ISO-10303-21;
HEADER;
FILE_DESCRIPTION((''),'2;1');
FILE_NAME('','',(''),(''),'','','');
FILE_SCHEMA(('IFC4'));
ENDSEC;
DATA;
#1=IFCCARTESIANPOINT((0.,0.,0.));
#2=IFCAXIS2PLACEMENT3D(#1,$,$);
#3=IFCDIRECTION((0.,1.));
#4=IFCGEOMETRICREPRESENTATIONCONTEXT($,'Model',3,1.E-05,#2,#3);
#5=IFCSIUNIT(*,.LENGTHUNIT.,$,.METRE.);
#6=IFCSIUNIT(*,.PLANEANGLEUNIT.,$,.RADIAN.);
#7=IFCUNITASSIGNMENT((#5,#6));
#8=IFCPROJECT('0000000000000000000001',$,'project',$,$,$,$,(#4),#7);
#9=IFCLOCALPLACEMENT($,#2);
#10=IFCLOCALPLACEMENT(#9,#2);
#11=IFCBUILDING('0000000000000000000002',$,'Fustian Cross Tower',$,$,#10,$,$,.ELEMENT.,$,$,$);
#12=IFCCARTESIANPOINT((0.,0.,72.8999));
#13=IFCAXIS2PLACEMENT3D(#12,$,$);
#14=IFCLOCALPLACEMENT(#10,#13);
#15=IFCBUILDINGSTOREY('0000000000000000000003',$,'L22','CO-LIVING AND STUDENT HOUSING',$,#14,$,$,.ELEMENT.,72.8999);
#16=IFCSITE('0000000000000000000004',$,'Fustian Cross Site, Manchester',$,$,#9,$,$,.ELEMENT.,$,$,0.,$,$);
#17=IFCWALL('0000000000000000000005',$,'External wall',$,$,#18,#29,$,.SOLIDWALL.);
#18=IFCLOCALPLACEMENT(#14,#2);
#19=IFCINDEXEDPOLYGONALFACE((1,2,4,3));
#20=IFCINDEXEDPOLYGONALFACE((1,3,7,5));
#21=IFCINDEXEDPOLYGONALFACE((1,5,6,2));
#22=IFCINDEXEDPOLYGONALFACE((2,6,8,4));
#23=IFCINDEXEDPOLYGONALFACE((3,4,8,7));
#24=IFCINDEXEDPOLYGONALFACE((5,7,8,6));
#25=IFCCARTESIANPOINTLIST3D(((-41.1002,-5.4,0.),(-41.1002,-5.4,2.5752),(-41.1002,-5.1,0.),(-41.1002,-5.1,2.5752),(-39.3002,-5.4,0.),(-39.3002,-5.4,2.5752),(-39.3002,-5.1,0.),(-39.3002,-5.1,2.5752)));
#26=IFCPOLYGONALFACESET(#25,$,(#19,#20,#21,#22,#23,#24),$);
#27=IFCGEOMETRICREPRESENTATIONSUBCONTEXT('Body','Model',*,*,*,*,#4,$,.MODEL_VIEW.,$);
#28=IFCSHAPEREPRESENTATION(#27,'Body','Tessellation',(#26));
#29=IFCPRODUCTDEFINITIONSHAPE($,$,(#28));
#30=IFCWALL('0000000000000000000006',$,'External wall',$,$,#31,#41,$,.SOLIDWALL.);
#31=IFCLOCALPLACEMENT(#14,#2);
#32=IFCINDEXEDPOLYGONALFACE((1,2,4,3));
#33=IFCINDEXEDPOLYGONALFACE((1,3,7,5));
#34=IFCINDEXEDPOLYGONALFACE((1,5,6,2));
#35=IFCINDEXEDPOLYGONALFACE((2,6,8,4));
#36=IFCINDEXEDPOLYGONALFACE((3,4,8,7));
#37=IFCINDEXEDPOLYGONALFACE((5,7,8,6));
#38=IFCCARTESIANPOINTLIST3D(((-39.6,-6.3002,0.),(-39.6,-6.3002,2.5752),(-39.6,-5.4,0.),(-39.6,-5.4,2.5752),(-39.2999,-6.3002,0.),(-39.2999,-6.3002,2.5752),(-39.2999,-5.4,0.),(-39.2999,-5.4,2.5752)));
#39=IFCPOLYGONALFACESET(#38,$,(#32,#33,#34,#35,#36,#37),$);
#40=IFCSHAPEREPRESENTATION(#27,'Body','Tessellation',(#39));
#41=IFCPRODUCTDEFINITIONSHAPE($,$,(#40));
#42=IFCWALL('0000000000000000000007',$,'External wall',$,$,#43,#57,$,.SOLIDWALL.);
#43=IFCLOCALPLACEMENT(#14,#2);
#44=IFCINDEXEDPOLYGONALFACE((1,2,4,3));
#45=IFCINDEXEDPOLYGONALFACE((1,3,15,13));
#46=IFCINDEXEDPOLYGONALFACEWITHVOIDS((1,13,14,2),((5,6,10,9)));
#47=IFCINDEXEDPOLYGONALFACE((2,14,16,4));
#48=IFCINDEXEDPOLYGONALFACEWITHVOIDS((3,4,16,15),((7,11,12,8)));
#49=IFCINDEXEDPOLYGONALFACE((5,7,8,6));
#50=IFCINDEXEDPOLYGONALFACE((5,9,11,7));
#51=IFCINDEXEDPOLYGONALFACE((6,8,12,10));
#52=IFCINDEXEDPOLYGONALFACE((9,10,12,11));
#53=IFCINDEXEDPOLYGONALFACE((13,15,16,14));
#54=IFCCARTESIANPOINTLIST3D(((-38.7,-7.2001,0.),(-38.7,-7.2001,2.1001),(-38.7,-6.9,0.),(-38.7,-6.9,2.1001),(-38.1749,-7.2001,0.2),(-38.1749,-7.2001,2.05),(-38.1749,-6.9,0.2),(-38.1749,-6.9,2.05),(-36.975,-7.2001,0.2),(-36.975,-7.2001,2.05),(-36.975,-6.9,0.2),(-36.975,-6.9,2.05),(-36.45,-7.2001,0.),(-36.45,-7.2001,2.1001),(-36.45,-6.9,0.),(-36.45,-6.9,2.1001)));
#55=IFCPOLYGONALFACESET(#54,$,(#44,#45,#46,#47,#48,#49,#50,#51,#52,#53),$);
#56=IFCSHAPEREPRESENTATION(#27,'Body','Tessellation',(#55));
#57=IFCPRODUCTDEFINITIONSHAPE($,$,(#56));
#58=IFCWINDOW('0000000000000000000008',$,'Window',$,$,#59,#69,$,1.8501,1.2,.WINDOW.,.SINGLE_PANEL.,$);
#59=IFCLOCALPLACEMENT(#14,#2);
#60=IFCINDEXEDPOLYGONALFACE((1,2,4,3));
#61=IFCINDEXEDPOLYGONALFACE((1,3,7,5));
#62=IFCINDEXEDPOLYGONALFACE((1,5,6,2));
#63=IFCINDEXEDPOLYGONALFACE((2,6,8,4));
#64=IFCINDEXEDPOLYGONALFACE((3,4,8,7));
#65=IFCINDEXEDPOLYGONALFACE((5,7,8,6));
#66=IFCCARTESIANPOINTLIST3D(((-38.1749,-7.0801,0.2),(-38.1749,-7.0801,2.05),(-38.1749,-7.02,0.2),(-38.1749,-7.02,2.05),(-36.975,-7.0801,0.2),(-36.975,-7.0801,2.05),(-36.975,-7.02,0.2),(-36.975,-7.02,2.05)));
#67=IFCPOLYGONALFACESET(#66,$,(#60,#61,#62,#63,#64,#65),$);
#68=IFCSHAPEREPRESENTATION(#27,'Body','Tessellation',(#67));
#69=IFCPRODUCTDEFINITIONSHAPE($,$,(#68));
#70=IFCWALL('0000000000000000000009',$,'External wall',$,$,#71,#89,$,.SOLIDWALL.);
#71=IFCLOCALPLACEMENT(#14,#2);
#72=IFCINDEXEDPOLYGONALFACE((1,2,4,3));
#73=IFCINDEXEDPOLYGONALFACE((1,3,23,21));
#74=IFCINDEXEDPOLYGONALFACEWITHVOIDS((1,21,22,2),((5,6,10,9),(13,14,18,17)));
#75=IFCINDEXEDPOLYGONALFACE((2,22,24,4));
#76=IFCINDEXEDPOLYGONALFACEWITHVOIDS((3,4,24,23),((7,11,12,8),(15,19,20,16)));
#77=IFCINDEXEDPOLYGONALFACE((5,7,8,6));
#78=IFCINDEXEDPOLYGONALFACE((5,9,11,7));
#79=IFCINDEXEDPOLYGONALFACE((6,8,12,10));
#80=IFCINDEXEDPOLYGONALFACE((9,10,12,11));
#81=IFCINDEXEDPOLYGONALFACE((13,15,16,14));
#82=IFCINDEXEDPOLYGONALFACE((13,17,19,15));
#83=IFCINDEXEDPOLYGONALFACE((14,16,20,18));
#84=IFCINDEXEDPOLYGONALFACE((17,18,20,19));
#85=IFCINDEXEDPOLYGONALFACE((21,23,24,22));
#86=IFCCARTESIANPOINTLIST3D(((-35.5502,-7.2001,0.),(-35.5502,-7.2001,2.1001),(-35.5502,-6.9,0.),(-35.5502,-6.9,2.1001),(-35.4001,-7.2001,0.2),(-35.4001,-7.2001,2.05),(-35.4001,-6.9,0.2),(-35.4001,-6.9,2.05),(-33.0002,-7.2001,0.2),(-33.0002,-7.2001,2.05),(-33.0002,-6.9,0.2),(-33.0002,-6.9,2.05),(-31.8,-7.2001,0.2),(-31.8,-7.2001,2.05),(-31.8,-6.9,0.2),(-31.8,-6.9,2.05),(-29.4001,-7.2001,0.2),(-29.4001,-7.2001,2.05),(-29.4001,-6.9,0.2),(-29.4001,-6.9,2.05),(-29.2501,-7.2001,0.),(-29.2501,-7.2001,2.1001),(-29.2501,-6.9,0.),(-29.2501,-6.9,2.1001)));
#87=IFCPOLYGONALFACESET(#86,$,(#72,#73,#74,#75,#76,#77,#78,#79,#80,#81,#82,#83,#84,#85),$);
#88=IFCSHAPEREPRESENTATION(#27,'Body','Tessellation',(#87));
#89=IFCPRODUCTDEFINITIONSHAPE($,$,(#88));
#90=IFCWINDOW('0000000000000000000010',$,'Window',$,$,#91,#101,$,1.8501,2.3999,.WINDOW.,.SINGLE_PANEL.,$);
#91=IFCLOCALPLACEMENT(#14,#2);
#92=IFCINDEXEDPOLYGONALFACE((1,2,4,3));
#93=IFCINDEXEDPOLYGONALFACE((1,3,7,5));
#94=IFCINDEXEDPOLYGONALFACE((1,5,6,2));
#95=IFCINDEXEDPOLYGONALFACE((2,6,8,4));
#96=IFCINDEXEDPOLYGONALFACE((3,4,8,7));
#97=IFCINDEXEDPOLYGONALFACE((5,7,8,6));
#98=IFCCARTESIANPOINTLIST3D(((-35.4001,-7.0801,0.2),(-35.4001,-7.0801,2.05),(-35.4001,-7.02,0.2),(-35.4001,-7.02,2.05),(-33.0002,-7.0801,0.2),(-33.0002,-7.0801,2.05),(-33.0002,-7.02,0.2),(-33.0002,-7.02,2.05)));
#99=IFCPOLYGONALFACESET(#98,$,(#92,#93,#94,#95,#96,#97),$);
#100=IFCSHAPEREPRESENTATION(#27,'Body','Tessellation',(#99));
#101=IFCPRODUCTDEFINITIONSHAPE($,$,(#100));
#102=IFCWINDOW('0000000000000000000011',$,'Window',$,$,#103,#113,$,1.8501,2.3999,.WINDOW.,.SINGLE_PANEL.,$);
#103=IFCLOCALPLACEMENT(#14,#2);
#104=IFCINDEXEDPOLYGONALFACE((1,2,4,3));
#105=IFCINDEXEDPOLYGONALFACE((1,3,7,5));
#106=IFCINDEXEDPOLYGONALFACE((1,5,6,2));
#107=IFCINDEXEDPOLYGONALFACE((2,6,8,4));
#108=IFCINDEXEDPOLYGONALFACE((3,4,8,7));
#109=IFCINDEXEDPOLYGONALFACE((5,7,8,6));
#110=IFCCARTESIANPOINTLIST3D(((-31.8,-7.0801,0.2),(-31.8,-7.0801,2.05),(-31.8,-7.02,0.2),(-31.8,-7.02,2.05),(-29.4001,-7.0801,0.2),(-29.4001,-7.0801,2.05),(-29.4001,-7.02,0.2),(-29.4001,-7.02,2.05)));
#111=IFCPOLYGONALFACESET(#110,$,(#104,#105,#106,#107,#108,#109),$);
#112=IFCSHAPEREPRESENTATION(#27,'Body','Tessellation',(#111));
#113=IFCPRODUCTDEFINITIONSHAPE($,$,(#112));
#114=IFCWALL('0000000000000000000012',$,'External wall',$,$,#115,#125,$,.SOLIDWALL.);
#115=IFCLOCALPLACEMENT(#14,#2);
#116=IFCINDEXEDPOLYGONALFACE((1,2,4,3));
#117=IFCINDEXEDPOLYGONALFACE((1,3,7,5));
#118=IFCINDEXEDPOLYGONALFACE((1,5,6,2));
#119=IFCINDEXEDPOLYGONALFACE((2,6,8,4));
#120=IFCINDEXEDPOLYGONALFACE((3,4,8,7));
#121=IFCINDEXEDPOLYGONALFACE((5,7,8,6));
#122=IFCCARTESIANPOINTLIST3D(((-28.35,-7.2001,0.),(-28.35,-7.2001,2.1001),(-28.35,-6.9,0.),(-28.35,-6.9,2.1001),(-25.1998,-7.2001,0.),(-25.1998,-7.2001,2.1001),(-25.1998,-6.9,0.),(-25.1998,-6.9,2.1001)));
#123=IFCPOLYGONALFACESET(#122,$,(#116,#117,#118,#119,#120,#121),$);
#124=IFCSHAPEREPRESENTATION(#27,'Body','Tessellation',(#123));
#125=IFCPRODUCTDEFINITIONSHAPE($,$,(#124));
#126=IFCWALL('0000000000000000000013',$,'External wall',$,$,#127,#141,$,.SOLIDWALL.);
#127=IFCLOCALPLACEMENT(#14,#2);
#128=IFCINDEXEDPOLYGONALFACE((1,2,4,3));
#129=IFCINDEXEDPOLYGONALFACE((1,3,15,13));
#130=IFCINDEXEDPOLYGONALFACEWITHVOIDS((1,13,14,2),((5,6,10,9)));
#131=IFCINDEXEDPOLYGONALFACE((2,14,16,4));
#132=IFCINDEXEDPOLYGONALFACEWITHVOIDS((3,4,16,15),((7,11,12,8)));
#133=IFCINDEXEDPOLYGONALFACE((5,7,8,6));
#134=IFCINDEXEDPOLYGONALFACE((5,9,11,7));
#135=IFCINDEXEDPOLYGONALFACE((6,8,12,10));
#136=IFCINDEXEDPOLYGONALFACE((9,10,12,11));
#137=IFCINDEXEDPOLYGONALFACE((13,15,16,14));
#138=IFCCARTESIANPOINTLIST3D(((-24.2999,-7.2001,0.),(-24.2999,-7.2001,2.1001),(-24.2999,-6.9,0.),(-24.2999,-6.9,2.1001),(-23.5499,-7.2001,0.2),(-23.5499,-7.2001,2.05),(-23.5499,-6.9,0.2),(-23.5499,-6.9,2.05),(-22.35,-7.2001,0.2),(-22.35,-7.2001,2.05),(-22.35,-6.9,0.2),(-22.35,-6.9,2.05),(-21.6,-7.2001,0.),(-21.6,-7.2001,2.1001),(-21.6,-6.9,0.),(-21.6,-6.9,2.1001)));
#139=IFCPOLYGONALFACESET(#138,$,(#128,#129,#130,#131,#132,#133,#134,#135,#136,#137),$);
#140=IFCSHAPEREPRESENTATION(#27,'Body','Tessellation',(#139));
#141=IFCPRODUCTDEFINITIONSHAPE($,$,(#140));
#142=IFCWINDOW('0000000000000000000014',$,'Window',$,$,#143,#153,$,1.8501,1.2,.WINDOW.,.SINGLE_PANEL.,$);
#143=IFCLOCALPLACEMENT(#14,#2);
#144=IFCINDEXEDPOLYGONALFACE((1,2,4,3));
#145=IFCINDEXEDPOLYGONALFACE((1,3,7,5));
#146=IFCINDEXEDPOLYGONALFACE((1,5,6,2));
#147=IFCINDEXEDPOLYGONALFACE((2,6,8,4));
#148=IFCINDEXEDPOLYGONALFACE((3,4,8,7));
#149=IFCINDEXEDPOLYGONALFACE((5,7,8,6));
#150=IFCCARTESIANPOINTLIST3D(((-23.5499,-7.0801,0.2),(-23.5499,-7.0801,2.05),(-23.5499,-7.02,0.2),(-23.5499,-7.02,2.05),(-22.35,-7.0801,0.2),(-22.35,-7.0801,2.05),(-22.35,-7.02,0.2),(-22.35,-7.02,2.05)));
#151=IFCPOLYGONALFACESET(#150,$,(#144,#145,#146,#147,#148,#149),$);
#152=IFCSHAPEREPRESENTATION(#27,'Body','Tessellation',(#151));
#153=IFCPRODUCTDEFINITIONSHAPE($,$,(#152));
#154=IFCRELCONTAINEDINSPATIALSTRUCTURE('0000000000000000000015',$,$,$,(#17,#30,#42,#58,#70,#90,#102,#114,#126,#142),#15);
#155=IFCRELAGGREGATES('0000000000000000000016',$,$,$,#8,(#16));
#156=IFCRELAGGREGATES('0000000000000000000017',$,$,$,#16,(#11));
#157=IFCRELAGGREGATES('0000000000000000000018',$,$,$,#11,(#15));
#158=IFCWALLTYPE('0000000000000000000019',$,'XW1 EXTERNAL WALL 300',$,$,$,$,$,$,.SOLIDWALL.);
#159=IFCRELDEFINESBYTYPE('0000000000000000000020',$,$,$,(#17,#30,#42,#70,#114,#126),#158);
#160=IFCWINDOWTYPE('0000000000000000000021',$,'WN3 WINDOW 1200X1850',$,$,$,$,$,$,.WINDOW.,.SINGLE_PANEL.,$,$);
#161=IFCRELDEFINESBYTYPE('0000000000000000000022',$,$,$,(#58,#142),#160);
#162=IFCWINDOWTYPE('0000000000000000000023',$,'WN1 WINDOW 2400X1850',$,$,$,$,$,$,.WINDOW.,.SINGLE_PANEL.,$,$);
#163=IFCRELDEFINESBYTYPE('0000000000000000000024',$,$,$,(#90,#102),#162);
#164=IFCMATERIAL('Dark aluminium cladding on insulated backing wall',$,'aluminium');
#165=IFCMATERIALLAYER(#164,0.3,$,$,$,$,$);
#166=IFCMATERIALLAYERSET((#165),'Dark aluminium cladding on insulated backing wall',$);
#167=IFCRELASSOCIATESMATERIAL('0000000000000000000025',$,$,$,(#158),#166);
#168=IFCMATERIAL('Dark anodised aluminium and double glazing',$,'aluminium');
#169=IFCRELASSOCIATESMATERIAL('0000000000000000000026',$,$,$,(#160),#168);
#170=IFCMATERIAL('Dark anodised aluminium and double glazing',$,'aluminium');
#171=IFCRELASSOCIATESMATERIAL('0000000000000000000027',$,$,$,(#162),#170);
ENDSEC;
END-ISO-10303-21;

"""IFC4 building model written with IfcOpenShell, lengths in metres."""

from ifc_helpers import new_model, si_unit, direction, frame, frame_2d, origin, place, context, subcontext, project, spatial, rectangle, extrude, material, layer, layer_set, type_object, element, fill, save


model = new_model("IFC4")

# Units and contexts
model_context = context("Model", 3, precision=1e-05, world=origin(), true_north=direction((0.0, 1.0)))
body_context = subcontext(model_context, "Body", "Model", "MODEL_VIEW")
ifc_project = project(units=[si_unit("LENGTHUNIT", "METRE"), si_unit("PLANEANGLEUNIT", "RADIAN")], contexts=[model_context])

# Site, building, storey
site_placement = place(None, origin())
site = spatial("IfcSite", under=ifc_project, at=site_placement, Name="Fustian Cross Site, Manchester", CompositionType="ELEMENT", RefElevation=0.0)
building_placement = place(site_placement, origin())
building = spatial("IfcBuilding", under=site, at=building_placement, Name="Fustian Cross Tower", CompositionType="ELEMENT")
storey_placement = place(building_placement, frame((0.0, 0.0, 72.8999)))
storey = spatial("IfcBuildingStorey", under=building, at=storey_placement, Name="L22", Description="CO-LIVING AND STUDENT HOUSING", CompositionType="ELEMENT", Elevation=72.8999)

# Walls
ifc_material_1 = material(Name="Dark aluminium cladding on insulated backing wall", Category="aluminium")
ifc_layer_1 = layer(ifc_material_1, 0.3)
ifc_layer_set_1 = layer_set([ifc_layer_1], Name="Dark aluminium cladding on insulated backing wall")
wall_type_1 = type_object("IfcWallType", Name="XW1 EXTERNAL WALL 300", PredefinedType="SOLIDWALL", material=ifc_layer_set_1)
wall_1_placement = place(storey_placement, frame((-41.1001, -5.25, 0.0), z_axis=(0.0, 0.0, 1.0), x_axis=(1.0, 0.0, 0.0)))
element("IfcWall", 1, at=wall_1_placement, inside=storey, type_object=wall_type_1, Name="External wall", PredefinedType="SOLIDWALL", context=body_context, shape_type="SweptSolid", body=[
    extrude(rectangle(XDim=1.8, YDim=0.3, at=frame_2d((0.8999, 0.0))), origin(), (0.0, 0.0, 1.0), 2.5752),
])
wall_2_placement = place(storey_placement, frame((-39.45, -5.3999, 0.0), z_axis=(0.0, 0.0, 1.0), x_axis=(0.0, -1.0, 0.0)))
element("IfcWall", 2, at=wall_2_placement, inside=storey, type_object=wall_type_1, Name="External wall", PredefinedType="SOLIDWALL", context=body_context, shape_type="SweptSolid", body=[
    extrude(rectangle(XDim=0.9001, YDim=0.3, at=frame_2d((0.4502, 0.0))), origin(), (0.0, 0.0, 1.0), 2.5752),
])

# Wall, opening, window
wall_3_placement = place(storey_placement, frame((-38.7, -7.05, 0.0), z_axis=(0.0, 0.0, 1.0), x_axis=(1.0, 0.0, 0.0)))
wall_3 = element("IfcWall", 3, at=wall_3_placement, inside=storey, type_object=wall_type_1, Name="External wall", PredefinedType="SOLIDWALL", context=body_context, shape_type="SweptSolid", body=[
    extrude(rectangle(XDim=2.25, YDim=0.3, at=frame_2d((1.125, 0.0))), origin(), (0.0, 0.0, 1.0), 2.1001),
])
opening_1_placement = place(wall_3_placement, frame((0.5249, 0.0, 0.2)))
opening_1 = element("IfcOpeningElement", 4, at=opening_1_placement, cuts=wall_3, PredefinedType="OPENING", context=body_context, shape_type="SweptSolid", body=[
    extrude(rectangle(XDim=1.2, YDim=1.8501, at=frame_2d((0.6001, 0.925))), frame((0.0, 0.1599, 0.0), z_axis=(0.0, -1.0, 0.0), x_axis=(1.0, 0.0, 0.0)), (0.0, 0.0, 1.0), 0.3201),
])
ifc_material_2 = material(Name="Dark anodised aluminium and double glazing", Category="aluminium")
window_type_1 = type_object("IfcWindowType", Name="WN3 WINDOW 1200X1850", PartitioningType="SINGLE_PANEL", PredefinedType="WINDOW", material=ifc_material_2)
window_1_placement = place(opening_1_placement, origin())
window_1 = element("IfcWindow", 5, at=window_1_placement, inside=storey, type_object=window_type_1, Name="Window", OverallHeight=1.8501, OverallWidth=1.2, PartitioningType="SINGLE_PANEL", PredefinedType="WINDOW", context=body_context, shape_type="SweptSolid", body=[
    extrude(rectangle(XDim=1.2, YDim=1.8501, at=frame_2d((0.6001, 0.925))), frame((0.0, 0.03, 0.0), z_axis=(0.0, -1.0, 0.0), x_axis=(1.0, 0.0, 0.0)), (0.0, 0.0, 1.0), 0.0601),
])
fill(opening_1, window_1)

# Wall, openings, windows
wall_4_placement = place(storey_placement, frame((-35.55, -7.05, 0.0), z_axis=(0.0, 0.0, 1.0), x_axis=(1.0, 0.0, 0.0)))
wall_4 = element("IfcWall", 6, at=wall_4_placement, inside=storey, type_object=wall_type_1, Name="External wall", PredefinedType="SOLIDWALL", context=body_context, shape_type="SweptSolid", body=[
    extrude(rectangle(XDim=6.3, YDim=0.3, at=frame_2d((3.1499, 0.0))), origin(), (0.0, 0.0, 1.0), 2.1001),
])
opening_2_placement = place(wall_4_placement, frame((0.1499, 0.0, 0.2)))
opening_2 = element("IfcOpeningElement", 7, at=opening_2_placement, cuts=wall_4, PredefinedType="OPENING", context=body_context, shape_type="SweptSolid", body=[
    extrude(rectangle(XDim=2.3999, YDim=1.8501, at=frame_2d((1.2, 0.925))), frame((0.0, 0.1599, 0.0), z_axis=(0.0, -1.0, 0.0), x_axis=(1.0, 0.0, 0.0)), (0.0, 0.0, 1.0), 0.3201),
])
opening_3_placement = place(wall_4_placement, frame((3.75, 0.0, 0.2)))
opening_3 = element("IfcOpeningElement", 8, at=opening_3_placement, cuts=wall_4, PredefinedType="OPENING", context=body_context, shape_type="SweptSolid", body=[
    extrude(rectangle(XDim=2.3999, YDim=1.8501, at=frame_2d((1.2, 0.925))), frame((0.0, 0.1599, 0.0), z_axis=(0.0, -1.0, 0.0), x_axis=(1.0, 0.0, 0.0)), (0.0, 0.0, 1.0), 0.3201),
])
ifc_material_3 = material(Name="Dark anodised aluminium and double glazing", Category="aluminium")
window_type_2 = type_object("IfcWindowType", Name="WN1 WINDOW 2400X1850", PartitioningType="SINGLE_PANEL", PredefinedType="WINDOW", material=ifc_material_3)
window_2_placement = place(opening_2_placement, origin())
window_2 = element("IfcWindow", 9, at=window_2_placement, inside=storey, type_object=window_type_2, Name="Window", OverallHeight=1.8501, OverallWidth=2.3999, PartitioningType="SINGLE_PANEL", PredefinedType="WINDOW", context=body_context, shape_type="SweptSolid", body=[
    extrude(rectangle(XDim=2.3999, YDim=1.8501, at=frame_2d((1.2, 0.925))), frame((0.0, 0.03, 0.0), z_axis=(0.0, -1.0, 0.0), x_axis=(1.0, 0.0, 0.0)), (0.0, 0.0, 1.0), 0.0601),
])
fill(opening_2, window_2)
window_3_placement = place(opening_3_placement, origin())
window_3 = element("IfcWindow", 10, at=window_3_placement, inside=storey, type_object=window_type_2, Name="Window", OverallHeight=1.8501, OverallWidth=2.3999, PartitioningType="SINGLE_PANEL", PredefinedType="WINDOW", context=body_context, shape_type="SweptSolid", body=[
    extrude(rectangle(XDim=2.3999, YDim=1.8501, at=frame_2d((1.2, 0.925))), frame((0.0, 0.03, 0.0), z_axis=(0.0, -1.0, 0.0), x_axis=(1.0, 0.0, 0.0)), (0.0, 0.0, 1.0), 0.0601),
])
fill(opening_3, window_3)

# Wall
wall_5_placement = place(storey_placement, frame((-28.3501, -7.05, 0.0), z_axis=(0.0, 0.0, 1.0), x_axis=(1.0, 0.0, 0.0)))
element("IfcWall", 11, at=wall_5_placement, inside=storey, type_object=wall_type_1, Name="External wall", PredefinedType="SOLIDWALL", context=body_context, shape_type="SweptSolid", body=[
    extrude(rectangle(XDim=3.1501, YDim=0.3, at=frame_2d((1.5752, 0.0))), origin(), (0.0, 0.0, 1.0), 2.1001),
])

# Wall, opening, window
wall_6_placement = place(storey_placement, frame((-24.3, -7.05, 0.0), z_axis=(0.0, 0.0, 1.0), x_axis=(1.0, 0.0, 0.0)))
wall_6 = element("IfcWall", 12, at=wall_6_placement, inside=storey, type_object=wall_type_1, Name="External wall", PredefinedType="SOLIDWALL", context=body_context, shape_type="SweptSolid", body=[
    extrude(rectangle(XDim=2.7, YDim=0.3, at=frame_2d((1.3501, 0.0))), origin(), (0.0, 0.0, 1.0), 2.1001),
])
opening_4_placement = place(wall_6_placement, frame((0.75, 0.0, 0.2)))
opening_4 = element("IfcOpeningElement", 13, at=opening_4_placement, cuts=wall_6, PredefinedType="OPENING", context=body_context, shape_type="SweptSolid", body=[
    extrude(rectangle(XDim=1.2, YDim=1.8501, at=frame_2d((0.6001, 0.925))), frame((0.0, 0.1599, 0.0), z_axis=(0.0, -1.0, 0.0), x_axis=(1.0, 0.0, 0.0)), (0.0, 0.0, 1.0), 0.3201),
])
window_4_placement = place(opening_4_placement, origin())
window_4 = element("IfcWindow", 14, at=window_4_placement, inside=storey, type_object=window_type_1, Name="Window", OverallHeight=1.8501, OverallWidth=1.2, PartitioningType="SINGLE_PANEL", PredefinedType="WINDOW", context=body_context, shape_type="SweptSolid", body=[
    extrude(rectangle(XDim=1.2, YDim=1.8501, at=frame_2d((0.6001, 0.925))), frame((0.0, 0.03, 0.0), z_axis=(0.0, -1.0, 0.0), x_axis=(1.0, 0.0, 0.0)), (0.0, 0.0, 1.0), 0.0601),
])
fill(opening_4, window_4)

save(model, "model.ifc")
